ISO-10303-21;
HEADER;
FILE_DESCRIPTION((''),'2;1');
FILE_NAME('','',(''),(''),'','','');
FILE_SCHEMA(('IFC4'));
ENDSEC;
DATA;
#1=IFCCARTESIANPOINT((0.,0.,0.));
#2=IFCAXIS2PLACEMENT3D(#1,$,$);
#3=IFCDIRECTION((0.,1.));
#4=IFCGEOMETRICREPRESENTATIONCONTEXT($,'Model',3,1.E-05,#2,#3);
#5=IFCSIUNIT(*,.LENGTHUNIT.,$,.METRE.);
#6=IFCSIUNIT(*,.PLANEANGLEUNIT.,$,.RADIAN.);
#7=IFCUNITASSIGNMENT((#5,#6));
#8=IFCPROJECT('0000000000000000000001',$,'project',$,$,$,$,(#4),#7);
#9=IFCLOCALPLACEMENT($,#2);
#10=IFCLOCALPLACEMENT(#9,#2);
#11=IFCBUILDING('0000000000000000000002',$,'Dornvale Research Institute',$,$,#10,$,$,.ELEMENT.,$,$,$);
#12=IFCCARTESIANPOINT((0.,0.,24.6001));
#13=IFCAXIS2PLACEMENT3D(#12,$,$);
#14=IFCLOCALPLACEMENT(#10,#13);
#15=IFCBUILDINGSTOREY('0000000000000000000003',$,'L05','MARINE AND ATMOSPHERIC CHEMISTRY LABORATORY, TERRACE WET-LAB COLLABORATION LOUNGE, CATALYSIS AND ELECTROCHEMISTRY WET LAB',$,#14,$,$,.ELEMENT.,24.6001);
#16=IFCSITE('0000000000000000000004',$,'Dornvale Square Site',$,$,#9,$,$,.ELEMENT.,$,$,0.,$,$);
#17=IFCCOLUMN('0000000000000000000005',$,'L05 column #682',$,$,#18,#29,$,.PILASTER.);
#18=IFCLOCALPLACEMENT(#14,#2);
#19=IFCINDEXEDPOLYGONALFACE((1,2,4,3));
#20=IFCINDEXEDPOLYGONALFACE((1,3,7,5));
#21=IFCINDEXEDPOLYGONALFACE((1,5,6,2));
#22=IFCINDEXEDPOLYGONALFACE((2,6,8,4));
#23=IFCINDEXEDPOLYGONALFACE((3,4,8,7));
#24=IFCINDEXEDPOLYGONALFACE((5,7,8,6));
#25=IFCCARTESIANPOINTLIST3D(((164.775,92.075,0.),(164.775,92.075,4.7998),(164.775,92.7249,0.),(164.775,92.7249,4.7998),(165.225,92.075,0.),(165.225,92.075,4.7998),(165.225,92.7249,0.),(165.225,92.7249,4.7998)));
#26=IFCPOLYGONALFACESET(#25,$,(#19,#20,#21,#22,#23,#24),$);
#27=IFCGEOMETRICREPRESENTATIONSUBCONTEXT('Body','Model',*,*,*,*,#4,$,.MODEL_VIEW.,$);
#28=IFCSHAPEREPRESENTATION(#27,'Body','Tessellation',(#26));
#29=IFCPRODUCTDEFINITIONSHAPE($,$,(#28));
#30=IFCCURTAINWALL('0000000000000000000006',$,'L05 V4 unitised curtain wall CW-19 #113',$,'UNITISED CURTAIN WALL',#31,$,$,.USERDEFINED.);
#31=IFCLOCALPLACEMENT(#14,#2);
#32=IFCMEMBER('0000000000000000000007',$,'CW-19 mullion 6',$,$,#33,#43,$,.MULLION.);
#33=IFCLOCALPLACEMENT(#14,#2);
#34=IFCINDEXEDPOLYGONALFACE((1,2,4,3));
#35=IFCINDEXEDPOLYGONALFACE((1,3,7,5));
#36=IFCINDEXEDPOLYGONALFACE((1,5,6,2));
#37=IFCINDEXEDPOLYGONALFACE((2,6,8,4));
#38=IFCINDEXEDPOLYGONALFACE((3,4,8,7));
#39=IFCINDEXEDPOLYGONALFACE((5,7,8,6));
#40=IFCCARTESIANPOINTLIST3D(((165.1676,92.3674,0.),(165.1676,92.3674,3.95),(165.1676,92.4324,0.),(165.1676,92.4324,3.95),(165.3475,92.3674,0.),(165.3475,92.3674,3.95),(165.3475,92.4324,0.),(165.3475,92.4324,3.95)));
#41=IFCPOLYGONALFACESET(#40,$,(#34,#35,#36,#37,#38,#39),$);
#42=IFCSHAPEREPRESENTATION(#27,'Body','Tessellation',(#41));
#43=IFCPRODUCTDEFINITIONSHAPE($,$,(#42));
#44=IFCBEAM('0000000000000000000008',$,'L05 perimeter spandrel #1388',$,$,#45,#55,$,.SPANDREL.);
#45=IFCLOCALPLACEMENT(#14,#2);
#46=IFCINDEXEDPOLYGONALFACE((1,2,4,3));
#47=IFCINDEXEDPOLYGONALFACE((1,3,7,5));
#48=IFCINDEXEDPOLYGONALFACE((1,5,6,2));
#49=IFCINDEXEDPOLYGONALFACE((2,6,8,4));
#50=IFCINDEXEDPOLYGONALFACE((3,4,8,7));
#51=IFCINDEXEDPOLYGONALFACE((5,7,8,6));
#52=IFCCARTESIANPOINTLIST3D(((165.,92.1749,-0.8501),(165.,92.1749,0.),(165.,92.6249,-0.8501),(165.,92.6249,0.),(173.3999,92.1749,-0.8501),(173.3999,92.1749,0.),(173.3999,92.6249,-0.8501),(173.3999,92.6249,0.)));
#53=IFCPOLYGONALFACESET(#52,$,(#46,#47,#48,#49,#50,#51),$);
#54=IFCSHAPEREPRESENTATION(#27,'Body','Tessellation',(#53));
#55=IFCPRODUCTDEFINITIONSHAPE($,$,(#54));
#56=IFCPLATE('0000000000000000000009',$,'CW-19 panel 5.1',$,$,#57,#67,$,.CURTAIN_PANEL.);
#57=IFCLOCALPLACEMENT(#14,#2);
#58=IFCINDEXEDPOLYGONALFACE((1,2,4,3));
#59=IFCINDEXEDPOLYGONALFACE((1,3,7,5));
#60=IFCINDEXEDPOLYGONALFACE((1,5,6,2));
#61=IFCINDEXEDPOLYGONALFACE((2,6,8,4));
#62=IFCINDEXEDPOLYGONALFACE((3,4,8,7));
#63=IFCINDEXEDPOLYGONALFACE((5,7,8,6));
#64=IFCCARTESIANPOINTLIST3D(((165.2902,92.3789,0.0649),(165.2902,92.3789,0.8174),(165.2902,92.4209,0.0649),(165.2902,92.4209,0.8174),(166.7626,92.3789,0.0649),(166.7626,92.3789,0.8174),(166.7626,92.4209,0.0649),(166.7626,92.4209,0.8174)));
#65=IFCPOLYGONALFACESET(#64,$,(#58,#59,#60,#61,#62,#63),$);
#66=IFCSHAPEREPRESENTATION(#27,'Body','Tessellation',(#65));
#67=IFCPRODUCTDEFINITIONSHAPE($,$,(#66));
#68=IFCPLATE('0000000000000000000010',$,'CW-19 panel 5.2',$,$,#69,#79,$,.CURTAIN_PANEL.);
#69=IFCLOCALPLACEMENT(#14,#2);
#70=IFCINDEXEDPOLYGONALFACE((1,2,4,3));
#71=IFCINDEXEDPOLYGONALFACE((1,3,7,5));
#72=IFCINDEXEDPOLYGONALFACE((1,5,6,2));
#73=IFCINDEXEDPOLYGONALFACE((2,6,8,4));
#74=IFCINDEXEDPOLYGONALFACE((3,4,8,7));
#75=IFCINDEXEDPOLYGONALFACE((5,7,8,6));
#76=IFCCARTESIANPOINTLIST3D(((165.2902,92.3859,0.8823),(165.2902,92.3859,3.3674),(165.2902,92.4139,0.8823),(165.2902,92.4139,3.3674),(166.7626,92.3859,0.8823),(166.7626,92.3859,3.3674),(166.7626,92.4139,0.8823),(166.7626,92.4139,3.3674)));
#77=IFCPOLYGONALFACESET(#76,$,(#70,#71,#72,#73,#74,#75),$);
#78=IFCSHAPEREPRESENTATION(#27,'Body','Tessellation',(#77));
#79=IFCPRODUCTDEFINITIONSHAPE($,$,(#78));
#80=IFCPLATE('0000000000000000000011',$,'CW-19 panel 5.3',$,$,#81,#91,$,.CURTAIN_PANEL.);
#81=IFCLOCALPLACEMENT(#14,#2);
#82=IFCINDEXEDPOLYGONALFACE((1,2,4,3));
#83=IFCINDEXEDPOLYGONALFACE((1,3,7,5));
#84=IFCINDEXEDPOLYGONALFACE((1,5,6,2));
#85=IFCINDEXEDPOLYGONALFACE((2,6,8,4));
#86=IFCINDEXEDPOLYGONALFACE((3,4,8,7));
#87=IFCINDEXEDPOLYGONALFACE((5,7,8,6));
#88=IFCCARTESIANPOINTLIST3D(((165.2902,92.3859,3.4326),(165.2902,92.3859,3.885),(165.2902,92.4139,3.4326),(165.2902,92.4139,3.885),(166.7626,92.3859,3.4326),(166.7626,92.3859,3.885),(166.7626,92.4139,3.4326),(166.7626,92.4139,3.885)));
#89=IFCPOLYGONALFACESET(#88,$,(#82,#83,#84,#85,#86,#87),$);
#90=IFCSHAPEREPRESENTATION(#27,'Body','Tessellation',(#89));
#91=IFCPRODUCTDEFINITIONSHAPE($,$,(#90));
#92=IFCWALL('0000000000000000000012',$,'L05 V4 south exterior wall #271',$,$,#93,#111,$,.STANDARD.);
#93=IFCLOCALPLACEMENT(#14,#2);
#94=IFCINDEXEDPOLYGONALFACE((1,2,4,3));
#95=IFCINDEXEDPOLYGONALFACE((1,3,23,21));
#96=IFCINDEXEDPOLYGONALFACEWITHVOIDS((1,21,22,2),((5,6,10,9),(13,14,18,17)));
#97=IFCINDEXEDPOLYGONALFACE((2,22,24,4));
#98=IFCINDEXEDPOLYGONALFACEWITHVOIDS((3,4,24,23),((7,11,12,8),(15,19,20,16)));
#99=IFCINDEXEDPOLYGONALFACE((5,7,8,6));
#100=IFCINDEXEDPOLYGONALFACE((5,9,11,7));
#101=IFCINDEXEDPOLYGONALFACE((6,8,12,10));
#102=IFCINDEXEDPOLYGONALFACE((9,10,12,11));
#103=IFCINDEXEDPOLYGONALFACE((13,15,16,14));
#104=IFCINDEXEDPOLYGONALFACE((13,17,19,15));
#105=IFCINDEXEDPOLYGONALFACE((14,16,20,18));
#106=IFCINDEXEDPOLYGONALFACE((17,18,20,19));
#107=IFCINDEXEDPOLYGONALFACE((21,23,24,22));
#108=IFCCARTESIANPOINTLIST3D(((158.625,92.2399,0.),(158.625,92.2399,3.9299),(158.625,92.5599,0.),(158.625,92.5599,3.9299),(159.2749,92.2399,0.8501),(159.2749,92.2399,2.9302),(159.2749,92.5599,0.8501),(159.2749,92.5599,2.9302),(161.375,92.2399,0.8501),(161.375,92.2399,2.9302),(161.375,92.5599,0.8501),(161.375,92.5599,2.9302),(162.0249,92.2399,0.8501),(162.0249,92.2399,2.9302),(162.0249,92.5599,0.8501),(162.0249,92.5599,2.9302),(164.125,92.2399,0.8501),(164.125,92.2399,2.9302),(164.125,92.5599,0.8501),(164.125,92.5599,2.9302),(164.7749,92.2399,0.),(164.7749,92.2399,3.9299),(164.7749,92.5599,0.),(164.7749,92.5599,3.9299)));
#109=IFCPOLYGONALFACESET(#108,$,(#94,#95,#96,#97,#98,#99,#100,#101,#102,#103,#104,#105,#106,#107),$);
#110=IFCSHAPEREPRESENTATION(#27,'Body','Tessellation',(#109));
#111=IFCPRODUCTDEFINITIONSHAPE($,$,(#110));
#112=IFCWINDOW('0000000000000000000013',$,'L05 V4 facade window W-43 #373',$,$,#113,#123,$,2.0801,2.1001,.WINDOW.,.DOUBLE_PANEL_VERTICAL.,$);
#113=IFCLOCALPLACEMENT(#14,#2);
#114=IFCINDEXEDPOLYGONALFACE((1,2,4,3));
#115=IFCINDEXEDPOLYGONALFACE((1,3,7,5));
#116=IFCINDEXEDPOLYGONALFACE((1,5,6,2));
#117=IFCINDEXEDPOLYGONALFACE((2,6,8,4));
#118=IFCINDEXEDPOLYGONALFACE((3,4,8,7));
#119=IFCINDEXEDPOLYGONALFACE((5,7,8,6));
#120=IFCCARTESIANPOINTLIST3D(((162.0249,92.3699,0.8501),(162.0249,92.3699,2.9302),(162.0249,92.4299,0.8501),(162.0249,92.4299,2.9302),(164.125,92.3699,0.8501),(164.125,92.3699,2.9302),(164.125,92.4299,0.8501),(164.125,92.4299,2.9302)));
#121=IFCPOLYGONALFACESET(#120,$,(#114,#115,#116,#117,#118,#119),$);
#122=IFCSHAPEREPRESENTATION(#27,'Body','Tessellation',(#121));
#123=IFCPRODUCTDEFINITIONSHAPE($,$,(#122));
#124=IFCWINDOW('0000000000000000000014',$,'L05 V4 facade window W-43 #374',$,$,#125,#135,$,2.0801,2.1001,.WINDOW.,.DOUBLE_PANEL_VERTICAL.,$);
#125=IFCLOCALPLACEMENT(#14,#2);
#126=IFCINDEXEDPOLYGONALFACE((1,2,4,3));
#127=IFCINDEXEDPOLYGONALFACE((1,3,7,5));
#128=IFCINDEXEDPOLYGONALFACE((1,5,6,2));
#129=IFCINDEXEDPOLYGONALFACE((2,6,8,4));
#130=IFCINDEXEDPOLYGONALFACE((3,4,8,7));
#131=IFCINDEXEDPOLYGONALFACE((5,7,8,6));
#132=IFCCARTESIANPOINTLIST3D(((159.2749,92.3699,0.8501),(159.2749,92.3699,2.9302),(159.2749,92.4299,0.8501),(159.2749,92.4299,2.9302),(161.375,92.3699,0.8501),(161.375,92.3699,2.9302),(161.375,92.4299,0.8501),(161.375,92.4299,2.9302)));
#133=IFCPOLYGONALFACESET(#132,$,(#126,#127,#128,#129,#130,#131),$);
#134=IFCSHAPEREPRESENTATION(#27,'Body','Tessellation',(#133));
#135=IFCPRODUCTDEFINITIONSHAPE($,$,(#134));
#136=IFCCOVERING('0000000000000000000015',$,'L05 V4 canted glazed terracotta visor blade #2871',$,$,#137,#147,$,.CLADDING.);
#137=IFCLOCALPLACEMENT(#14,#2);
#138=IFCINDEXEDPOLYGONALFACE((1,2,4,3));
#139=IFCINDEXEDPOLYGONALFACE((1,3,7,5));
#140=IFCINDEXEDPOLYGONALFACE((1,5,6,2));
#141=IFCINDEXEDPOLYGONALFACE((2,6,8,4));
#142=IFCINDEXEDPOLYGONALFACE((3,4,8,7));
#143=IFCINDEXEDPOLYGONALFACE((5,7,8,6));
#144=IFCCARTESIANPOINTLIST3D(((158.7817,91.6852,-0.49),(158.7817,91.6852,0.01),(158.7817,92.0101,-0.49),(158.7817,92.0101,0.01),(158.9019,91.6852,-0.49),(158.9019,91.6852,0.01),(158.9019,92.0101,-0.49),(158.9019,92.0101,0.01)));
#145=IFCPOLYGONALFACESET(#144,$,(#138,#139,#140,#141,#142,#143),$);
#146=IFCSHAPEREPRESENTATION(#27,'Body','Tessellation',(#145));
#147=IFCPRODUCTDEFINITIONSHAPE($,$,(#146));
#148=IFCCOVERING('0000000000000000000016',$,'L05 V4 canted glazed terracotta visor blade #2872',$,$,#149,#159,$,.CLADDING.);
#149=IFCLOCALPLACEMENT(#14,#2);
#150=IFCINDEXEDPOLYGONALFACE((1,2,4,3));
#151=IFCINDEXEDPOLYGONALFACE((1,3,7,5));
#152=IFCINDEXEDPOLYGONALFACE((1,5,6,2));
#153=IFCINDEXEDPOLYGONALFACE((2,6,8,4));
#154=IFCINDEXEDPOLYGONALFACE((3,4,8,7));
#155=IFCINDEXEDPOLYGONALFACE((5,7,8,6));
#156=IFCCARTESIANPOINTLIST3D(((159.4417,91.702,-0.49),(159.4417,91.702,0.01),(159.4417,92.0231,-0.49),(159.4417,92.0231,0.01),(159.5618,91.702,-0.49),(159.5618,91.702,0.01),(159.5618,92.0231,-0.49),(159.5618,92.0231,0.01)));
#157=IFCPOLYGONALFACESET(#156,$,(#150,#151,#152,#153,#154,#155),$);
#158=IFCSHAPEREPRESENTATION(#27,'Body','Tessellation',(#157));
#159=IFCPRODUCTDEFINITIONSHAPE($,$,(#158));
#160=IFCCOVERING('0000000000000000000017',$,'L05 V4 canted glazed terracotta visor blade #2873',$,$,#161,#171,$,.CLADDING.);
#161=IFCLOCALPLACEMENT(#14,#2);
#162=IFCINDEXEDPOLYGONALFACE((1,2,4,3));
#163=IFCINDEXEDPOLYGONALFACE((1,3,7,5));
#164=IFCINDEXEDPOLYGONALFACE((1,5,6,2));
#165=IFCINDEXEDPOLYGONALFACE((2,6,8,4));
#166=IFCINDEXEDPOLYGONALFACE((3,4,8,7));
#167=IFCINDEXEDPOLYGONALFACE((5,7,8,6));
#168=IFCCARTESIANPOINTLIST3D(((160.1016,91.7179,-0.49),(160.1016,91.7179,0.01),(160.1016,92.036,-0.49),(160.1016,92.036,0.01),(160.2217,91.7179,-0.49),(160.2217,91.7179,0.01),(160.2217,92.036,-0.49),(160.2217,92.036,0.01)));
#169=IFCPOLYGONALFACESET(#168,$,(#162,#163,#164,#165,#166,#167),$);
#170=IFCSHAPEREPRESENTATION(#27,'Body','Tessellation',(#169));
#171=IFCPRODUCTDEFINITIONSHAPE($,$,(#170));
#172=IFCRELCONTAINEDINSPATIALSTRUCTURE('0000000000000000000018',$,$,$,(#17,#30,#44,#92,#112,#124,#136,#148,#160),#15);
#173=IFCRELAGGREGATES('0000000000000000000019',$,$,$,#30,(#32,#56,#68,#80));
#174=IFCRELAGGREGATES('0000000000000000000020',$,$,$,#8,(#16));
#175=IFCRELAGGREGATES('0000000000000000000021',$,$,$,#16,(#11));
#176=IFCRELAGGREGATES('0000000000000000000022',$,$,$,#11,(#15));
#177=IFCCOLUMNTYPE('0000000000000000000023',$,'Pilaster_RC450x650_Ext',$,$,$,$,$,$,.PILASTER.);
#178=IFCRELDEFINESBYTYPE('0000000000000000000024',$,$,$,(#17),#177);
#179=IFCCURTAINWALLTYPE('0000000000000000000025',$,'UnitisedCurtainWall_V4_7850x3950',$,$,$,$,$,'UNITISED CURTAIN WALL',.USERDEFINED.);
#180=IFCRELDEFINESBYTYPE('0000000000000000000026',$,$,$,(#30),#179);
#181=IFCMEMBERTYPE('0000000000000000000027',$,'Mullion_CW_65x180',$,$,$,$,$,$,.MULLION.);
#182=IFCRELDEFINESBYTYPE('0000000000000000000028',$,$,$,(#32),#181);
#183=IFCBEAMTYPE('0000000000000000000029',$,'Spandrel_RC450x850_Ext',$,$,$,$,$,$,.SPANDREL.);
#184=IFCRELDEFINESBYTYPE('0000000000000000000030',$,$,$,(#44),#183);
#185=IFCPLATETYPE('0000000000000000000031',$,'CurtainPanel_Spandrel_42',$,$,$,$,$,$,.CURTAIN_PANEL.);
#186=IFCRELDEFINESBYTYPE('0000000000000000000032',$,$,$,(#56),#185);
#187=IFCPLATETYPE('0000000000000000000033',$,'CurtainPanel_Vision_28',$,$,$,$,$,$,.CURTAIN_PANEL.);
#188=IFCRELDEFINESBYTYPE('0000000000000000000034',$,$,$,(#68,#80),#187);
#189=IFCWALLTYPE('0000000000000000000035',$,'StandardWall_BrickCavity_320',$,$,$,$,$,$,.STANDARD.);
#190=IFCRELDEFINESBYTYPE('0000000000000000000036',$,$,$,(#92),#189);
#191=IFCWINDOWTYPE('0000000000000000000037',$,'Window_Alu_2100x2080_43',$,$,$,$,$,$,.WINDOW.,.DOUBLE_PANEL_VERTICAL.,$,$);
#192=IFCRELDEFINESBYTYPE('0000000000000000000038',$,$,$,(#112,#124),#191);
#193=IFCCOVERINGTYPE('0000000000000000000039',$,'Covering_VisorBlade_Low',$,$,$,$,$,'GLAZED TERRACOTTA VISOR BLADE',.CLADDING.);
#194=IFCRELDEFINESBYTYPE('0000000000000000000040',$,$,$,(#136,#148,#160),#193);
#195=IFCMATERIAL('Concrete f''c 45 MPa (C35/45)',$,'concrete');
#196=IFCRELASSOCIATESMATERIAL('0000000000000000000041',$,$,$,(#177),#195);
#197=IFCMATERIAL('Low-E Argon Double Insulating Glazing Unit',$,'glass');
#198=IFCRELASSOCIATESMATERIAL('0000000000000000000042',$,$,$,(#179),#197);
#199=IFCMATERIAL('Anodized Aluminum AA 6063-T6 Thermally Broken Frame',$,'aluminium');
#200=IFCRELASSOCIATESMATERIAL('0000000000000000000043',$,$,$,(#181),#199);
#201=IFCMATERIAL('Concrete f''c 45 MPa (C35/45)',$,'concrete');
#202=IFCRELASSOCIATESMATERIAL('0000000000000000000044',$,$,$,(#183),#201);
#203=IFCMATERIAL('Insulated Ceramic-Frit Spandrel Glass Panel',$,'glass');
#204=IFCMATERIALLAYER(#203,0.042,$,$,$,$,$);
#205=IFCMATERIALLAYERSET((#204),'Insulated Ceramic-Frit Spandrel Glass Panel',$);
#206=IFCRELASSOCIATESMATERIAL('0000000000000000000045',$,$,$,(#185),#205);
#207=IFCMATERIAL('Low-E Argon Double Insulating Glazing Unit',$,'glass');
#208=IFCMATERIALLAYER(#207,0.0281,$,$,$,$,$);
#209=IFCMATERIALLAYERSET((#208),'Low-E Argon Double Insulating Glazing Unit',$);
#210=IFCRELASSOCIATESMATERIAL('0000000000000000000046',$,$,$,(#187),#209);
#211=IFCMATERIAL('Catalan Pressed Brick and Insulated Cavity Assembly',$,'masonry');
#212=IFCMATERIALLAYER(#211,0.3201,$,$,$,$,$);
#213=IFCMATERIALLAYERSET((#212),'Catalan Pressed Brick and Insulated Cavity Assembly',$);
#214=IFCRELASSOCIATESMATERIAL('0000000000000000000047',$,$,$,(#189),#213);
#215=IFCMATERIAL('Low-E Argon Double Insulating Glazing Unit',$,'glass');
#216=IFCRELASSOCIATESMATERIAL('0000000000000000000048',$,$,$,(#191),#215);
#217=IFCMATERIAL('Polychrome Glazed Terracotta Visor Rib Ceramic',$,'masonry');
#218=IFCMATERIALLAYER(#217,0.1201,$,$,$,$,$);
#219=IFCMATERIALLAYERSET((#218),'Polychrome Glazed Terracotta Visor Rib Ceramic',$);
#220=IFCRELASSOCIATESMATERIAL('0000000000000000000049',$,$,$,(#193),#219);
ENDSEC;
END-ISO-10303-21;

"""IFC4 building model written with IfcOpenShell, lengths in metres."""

from ifc_helpers import new_model, si_unit, direction, frame, frame_2d, origin, origin_2d, place, context, subcontext, project, spatial, rectangle, extrude, material, layer, layer_set, material_profile, profile_set, type_object, element, fill, aggregate, save


model = new_model("IFC4")

# Units and contexts
model_context = context("Model", 3, precision=1e-05, world=origin(), true_north=direction((0.0, 1.0)))
body_context = subcontext(model_context, "Body", "Model", "MODEL_VIEW")
ifc_project = project(units=[si_unit("LENGTHUNIT", "METRE"), si_unit("PLANEANGLEUNIT", "RADIAN")], contexts=[model_context])

# Site, building, storey
site_placement = place(None, origin())
site = spatial("IfcSite", under=ifc_project, at=site_placement, Name="Dornvale Square Site", CompositionType="ELEMENT", RefElevation=0.0)
building_placement = place(site_placement, origin())
building = spatial("IfcBuilding", under=site, at=building_placement, Name="Dornvale Research Institute", CompositionType="ELEMENT")
storey_placement = place(building_placement, frame((0.0, 0.0, 24.6001)))
storey = spatial("IfcBuildingStorey", under=building, at=storey_placement, Name="L05", Description="MARINE AND ATMOSPHERIC CHEMISTRY LABORATORY, TERRACE WET-LAB COLLABORATION LOUNGE, CATALYSIS AND ELECTROCHEMISTRY WET LAB", CompositionType="ELEMENT", Elevation=24.6001)

# Column
ifc_material_1 = material(Name="Concrete f'c 45 MPa (C35/45)", Category="concrete")
ifc_material_profile_1 = material_profile(ifc_material_1, rectangle(XDim=0.45, YDim=0.6499, at=origin_2d()), Name="RC 450x650")
ifc_profile_set_1 = profile_set([ifc_material_profile_1], Name="Concrete f'c 45 MPa (C35/45)")
column_type = type_object("IfcColumnType", Name="Pilaster_RC450x650_Ext", PredefinedType="PILASTER", material=ifc_profile_set_1)
column_placement = place(storey_placement, frame((165.0, 92.3999, 0.0), z_axis=(0.0, 0.0, 1.0), x_axis=(1.0, 0.0, 0.0)))
element("IfcColumn", 1, at=column_placement, inside=storey, type_object=column_type, Name="L05 column #682", PredefinedType="PILASTER", context=body_context, shape_type="SweptSolid", body=[
    extrude(rectangle(XDim=0.45, YDim=0.6499, at=origin_2d()), origin(), (0.0, 0.0, 1.0), 4.7998),
])

# Curtain wall, member
ifc_material_2 = material(Name="Low-E Argon Double Insulating Glazing Unit", Category="glass")
curtain_wall_type = type_object("IfcCurtainWallType", Name="UnitisedCurtainWall_V4_7850x3950", ElementType="UNITISED CURTAIN WALL", PredefinedType="USERDEFINED", material=ifc_material_2)
curtain_wall_placement = place(storey_placement, origin())
curtain_wall = element("IfcCurtainWall", 2, at=curtain_wall_placement, inside=storey, type_object=curtain_wall_type, Name="L05 V4 unitised curtain wall CW-19 #113", ObjectType="UNITISED CURTAIN WALL", PredefinedType="USERDEFINED")
ifc_material_3 = material(Name="Anodized Aluminum AA 6063-T6 Thermally Broken Frame", Category="aluminium")
ifc_material_profile_2 = material_profile(ifc_material_3, rectangle(XDim=0.0649, YDim=0.1799, at=origin_2d()), Name="ALU MULLION 65x180")
ifc_profile_set_2 = profile_set([ifc_material_profile_2], Name="Anodized Aluminum AA 6063-T6 Thermally Broken Frame")
member_type = type_object("IfcMemberType", Name="Mullion_CW_65x180", PredefinedType="MULLION", material=ifc_profile_set_2)
member_placement = place(storey_placement, frame((165.2576, 92.3999, 0.0), z_axis=(0.0, 0.0, 1.0), x_axis=(0.0, -1.0, 0.0)))
member = element("IfcMember", 3, at=member_placement, type_object=member_type, Name="CW-19 mullion 6", PredefinedType="MULLION", context=body_context, shape_type="SweptSolid", body=[
    extrude(rectangle(XDim=0.0649, YDim=0.1799, at=origin_2d()), origin(), (0.0, 0.0, 1.0), 3.95),
])

# Beam
ifc_material_4 = material(Name="Concrete f'c 45 MPa (C35/45)", Category="concrete")
ifc_material_profile_3 = material_profile(ifc_material_4, rectangle(XDim=0.45, YDim=0.8501, at=origin_2d()), Name="RC 450x850")
ifc_profile_set_3 = profile_set([ifc_material_profile_3], Name="Concrete f'c 45 MPa (C35/45)")
beam_type = type_object("IfcBeamType", Name="Spandrel_RC450x850_Ext", PredefinedType="SPANDREL", material=ifc_profile_set_3)
beam_placement = place(storey_placement, frame((165.0, 92.3999, -0.425), z_axis=(1.0, 0.0, 0.0), x_axis=(0.0, 1.0, 0.0)))
element("IfcBeam", 4, at=beam_placement, inside=storey, type_object=beam_type, Name="L05 perimeter spandrel #1388", PredefinedType="SPANDREL", context=body_context, shape_type="SweptSolid", body=[
    extrude(rectangle(XDim=0.45, YDim=0.8501, at=origin_2d()), origin(), (0.0, 0.0, 1.0), 8.3999),
])

# Plates
ifc_material_5 = material(Name="Insulated Ceramic-Frit Spandrel Glass Panel", Category="glass")
ifc_layer_1 = layer(ifc_material_5, 0.042)
ifc_layer_set_1 = layer_set([ifc_layer_1], Name="Insulated Ceramic-Frit Spandrel Glass Panel")
plate_type_1 = type_object("IfcPlateType", Name="CurtainPanel_Spandrel_42", PredefinedType="CURTAIN_PANEL", material=ifc_layer_set_1)
plate_1_placement = place(storey_placement, frame((166.0264, 92.3999, 0.0649), z_axis=(0.0, 0.0, 1.0), x_axis=(-1.0, 0.0, 0.0)))
plate_1 = element("IfcPlate", 5, at=plate_1_placement, type_object=plate_type_1, Name="CW-19 panel 5.1", PredefinedType="CURTAIN_PANEL", context=body_context, shape_type="SweptSolid", body=[
    extrude(rectangle(XDim=1.4724, YDim=0.042, at=origin_2d()), origin(), (0.0, 0.0, 1.0), 0.7524),
])
ifc_material_6 = material(Name="Low-E Argon Double Insulating Glazing Unit", Category="glass")
ifc_layer_2 = layer(ifc_material_6, 0.0281)
ifc_layer_set_2 = layer_set([ifc_layer_2], Name="Low-E Argon Double Insulating Glazing Unit")
plate_type_2 = type_object("IfcPlateType", Name="CurtainPanel_Vision_28", PredefinedType="CURTAIN_PANEL", material=ifc_layer_set_2)
plate_2_placement = place(storey_placement, frame((166.0264, 92.3999, 0.8823), z_axis=(0.0, 0.0, 1.0), x_axis=(-1.0, 0.0, 0.0)))
plate_2 = element("IfcPlate", 6, at=plate_2_placement, type_object=plate_type_2, Name="CW-19 panel 5.2", PredefinedType="CURTAIN_PANEL", context=body_context, shape_type="SweptSolid", body=[
    extrude(rectangle(XDim=1.4724, YDim=0.0281, at=origin_2d()), origin(), (0.0, 0.0, 1.0), 2.4851),
])
plate_3_placement = place(storey_placement, frame((166.0264, 92.3999, 3.4326), z_axis=(0.0, 0.0, 1.0), x_axis=(-1.0, 0.0, 0.0)))
plate_3 = element("IfcPlate", 7, at=plate_3_placement, type_object=plate_type_2, Name="CW-19 panel 5.3", PredefinedType="CURTAIN_PANEL", context=body_context, shape_type="SweptSolid", body=[
    extrude(rectangle(XDim=1.4724, YDim=0.0281, at=origin_2d()), origin(), (0.0, 0.0, 1.0), 0.4524),
])
aggregate(curtain_wall, [member, plate_1, plate_2, plate_3])

# Wall, openings, windows
ifc_material_7 = material(Name="Catalan Pressed Brick and Insulated Cavity Assembly", Category="masonry")
ifc_layer_3 = layer(ifc_material_7, 0.3201)
ifc_layer_set_3 = layer_set([ifc_layer_3], Name="Catalan Pressed Brick and Insulated Cavity Assembly")
wall_type = type_object("IfcWallType", Name="StandardWall_BrickCavity_320", PredefinedType="STANDARD", material=ifc_layer_set_3)
wall_placement = place(storey_placement, frame((164.7749, 92.3999, 0.0), z_axis=(0.0, 0.0, 1.0), x_axis=(-1.0, 0.0, 0.0)))
wall = element("IfcWall", 8, at=wall_placement, inside=storey, type_object=wall_type, Name="L05 V4 south exterior wall #271", PredefinedType="STANDARD", context=body_context, shape_type="SweptSolid", body=[
    extrude(rectangle(XDim=6.1499, YDim=0.3201, at=frame_2d((3.075, 0.0))), origin(), (0.0, 0.0, 1.0), 3.9299),
])
opening_1_placement = place(wall_placement, frame((0.6499, 0.0, 0.8501)))
opening_1 = element("IfcOpeningElement", 9, at=opening_1_placement, cuts=wall, PredefinedType="OPENING", context=body_context, shape_type="SweptSolid", body=[
    extrude(rectangle(XDim=2.1001, YDim=2.0801, at=frame_2d((1.05, 1.04))), frame((0.0, 0.175, 0.0), z_axis=(0.0, -1.0, 0.0), x_axis=(1.0, 0.0, 0.0)), (0.0, 0.0, 1.0), 0.3501),
])
opening_2_placement = place(wall_placement, frame((3.3999, 0.0, 0.8501)))
opening_2 = element("IfcOpeningElement", 10, at=opening_2_placement, cuts=wall, PredefinedType="OPENING", context=body_context, shape_type="SweptSolid", body=[
    extrude(rectangle(XDim=2.1001, YDim=2.0801, at=frame_2d((1.05, 1.04))), frame((0.0, 0.175, 0.0), z_axis=(0.0, -1.0, 0.0), x_axis=(1.0, 0.0, 0.0)), (0.0, 0.0, 1.0), 0.3501),
])
ifc_material_8 = material(Name="Low-E Argon Double Insulating Glazing Unit", Category="glass")
window_type = type_object("IfcWindowType", Name="Window_Alu_2100x2080_43", PartitioningType="DOUBLE_PANEL_VERTICAL", PredefinedType="WINDOW", material=ifc_material_8)
window_1_placement = place(opening_1_placement, origin())
window_1 = element("IfcWindow", 11, at=window_1_placement, inside=storey, type_object=window_type, Name="L05 V4 facade window W-43 #373", OverallHeight=2.0801, OverallWidth=2.1001, PartitioningType="DOUBLE_PANEL_VERTICAL", PredefinedType="WINDOW", context=body_context, shape_type="SweptSolid", body=[
    extrude(rectangle(XDim=2.1001, YDim=2.0801, at=frame_2d((1.05, 1.04))), frame((0.0, 0.03, 0.0), z_axis=(0.0, -1.0, 0.0), x_axis=(1.0, 0.0, 0.0)), (0.0, 0.0, 1.0), 0.0601),
])
fill(opening_1, window_1)
window_2_placement = place(opening_2_placement, origin())
window_2 = element("IfcWindow", 12, at=window_2_placement, inside=storey, type_object=window_type, Name="L05 V4 facade window W-43 #374", OverallHeight=2.0801, OverallWidth=2.1001, PartitioningType="DOUBLE_PANEL_VERTICAL", PredefinedType="WINDOW", context=body_context, shape_type="SweptSolid", body=[
    extrude(rectangle(XDim=2.1001, YDim=2.0801, at=frame_2d((1.05, 1.04))), frame((0.0, 0.03, 0.0), z_axis=(0.0, -1.0, 0.0), x_axis=(1.0, 0.0, 0.0)), (0.0, 0.0, 1.0), 0.0601),
])
fill(opening_2, window_2)

# Coverings
ifc_material_9 = material(Name="Polychrome Glazed Terracotta Visor Rib Ceramic", Category="masonry")
ifc_layer_4 = layer(ifc_material_9, 0.1201)
ifc_layer_set_4 = layer_set([ifc_layer_4], Name="Polychrome Glazed Terracotta Visor Rib Ceramic")
covering_type = type_object("IfcCoveringType", Name="Covering_VisorBlade_Low", ElementType="GLAZED TERRACOTTA VISOR BLADE", PredefinedType="CLADDING", material=ifc_layer_set_4)
covering_1_placement = place(storey_placement, frame((158.8418, 91.8477, -0.49), z_axis=(0.0, 0.0, 1.0), x_axis=(0.0, 1.0, 0.0)))
element("IfcCovering", 13, at=covering_1_placement, inside=storey, type_object=covering_type, Name="L05 V4 canted glazed terracotta visor blade #2871", PredefinedType="CLADDING", context=body_context, shape_type="SweptSolid", body=[
    extrude(rectangle(XDim=0.325, YDim=0.1201, at=origin_2d()), origin(), (0.0, 0.0, 1.0), 0.5),
])
covering_2_placement = place(storey_placement, frame((159.5017, 91.8625, -0.49), z_axis=(0.0, 0.0, 1.0), x_axis=(0.0, 1.0, 0.0)))
element("IfcCovering", 14, at=covering_2_placement, inside=storey, type_object=covering_type, Name="L05 V4 canted glazed terracotta visor blade #2872", PredefinedType="CLADDING", context=body_context, shape_type="SweptSolid", body=[
    extrude(rectangle(XDim=0.321, YDim=0.1201, at=origin_2d()), origin(), (0.0, 0.0, 1.0), 0.5),
])
covering_3_placement = place(storey_placement, frame((160.1616, 91.877, -0.49), z_axis=(0.0, 0.0, 1.0), x_axis=(0.0, 1.0, 0.0)))
element("IfcCovering", 15, at=covering_3_placement, inside=storey, type_object=covering_type, Name="L05 V4 canted glazed terracotta visor blade #2873", PredefinedType="CLADDING", context=body_context, shape_type="SweptSolid", body=[
    extrude(rectangle(XDim=0.3181, YDim=0.1201, at=origin_2d()), origin(), (0.0, 0.0, 1.0), 0.5),
])

save(model, "model.ifc")
